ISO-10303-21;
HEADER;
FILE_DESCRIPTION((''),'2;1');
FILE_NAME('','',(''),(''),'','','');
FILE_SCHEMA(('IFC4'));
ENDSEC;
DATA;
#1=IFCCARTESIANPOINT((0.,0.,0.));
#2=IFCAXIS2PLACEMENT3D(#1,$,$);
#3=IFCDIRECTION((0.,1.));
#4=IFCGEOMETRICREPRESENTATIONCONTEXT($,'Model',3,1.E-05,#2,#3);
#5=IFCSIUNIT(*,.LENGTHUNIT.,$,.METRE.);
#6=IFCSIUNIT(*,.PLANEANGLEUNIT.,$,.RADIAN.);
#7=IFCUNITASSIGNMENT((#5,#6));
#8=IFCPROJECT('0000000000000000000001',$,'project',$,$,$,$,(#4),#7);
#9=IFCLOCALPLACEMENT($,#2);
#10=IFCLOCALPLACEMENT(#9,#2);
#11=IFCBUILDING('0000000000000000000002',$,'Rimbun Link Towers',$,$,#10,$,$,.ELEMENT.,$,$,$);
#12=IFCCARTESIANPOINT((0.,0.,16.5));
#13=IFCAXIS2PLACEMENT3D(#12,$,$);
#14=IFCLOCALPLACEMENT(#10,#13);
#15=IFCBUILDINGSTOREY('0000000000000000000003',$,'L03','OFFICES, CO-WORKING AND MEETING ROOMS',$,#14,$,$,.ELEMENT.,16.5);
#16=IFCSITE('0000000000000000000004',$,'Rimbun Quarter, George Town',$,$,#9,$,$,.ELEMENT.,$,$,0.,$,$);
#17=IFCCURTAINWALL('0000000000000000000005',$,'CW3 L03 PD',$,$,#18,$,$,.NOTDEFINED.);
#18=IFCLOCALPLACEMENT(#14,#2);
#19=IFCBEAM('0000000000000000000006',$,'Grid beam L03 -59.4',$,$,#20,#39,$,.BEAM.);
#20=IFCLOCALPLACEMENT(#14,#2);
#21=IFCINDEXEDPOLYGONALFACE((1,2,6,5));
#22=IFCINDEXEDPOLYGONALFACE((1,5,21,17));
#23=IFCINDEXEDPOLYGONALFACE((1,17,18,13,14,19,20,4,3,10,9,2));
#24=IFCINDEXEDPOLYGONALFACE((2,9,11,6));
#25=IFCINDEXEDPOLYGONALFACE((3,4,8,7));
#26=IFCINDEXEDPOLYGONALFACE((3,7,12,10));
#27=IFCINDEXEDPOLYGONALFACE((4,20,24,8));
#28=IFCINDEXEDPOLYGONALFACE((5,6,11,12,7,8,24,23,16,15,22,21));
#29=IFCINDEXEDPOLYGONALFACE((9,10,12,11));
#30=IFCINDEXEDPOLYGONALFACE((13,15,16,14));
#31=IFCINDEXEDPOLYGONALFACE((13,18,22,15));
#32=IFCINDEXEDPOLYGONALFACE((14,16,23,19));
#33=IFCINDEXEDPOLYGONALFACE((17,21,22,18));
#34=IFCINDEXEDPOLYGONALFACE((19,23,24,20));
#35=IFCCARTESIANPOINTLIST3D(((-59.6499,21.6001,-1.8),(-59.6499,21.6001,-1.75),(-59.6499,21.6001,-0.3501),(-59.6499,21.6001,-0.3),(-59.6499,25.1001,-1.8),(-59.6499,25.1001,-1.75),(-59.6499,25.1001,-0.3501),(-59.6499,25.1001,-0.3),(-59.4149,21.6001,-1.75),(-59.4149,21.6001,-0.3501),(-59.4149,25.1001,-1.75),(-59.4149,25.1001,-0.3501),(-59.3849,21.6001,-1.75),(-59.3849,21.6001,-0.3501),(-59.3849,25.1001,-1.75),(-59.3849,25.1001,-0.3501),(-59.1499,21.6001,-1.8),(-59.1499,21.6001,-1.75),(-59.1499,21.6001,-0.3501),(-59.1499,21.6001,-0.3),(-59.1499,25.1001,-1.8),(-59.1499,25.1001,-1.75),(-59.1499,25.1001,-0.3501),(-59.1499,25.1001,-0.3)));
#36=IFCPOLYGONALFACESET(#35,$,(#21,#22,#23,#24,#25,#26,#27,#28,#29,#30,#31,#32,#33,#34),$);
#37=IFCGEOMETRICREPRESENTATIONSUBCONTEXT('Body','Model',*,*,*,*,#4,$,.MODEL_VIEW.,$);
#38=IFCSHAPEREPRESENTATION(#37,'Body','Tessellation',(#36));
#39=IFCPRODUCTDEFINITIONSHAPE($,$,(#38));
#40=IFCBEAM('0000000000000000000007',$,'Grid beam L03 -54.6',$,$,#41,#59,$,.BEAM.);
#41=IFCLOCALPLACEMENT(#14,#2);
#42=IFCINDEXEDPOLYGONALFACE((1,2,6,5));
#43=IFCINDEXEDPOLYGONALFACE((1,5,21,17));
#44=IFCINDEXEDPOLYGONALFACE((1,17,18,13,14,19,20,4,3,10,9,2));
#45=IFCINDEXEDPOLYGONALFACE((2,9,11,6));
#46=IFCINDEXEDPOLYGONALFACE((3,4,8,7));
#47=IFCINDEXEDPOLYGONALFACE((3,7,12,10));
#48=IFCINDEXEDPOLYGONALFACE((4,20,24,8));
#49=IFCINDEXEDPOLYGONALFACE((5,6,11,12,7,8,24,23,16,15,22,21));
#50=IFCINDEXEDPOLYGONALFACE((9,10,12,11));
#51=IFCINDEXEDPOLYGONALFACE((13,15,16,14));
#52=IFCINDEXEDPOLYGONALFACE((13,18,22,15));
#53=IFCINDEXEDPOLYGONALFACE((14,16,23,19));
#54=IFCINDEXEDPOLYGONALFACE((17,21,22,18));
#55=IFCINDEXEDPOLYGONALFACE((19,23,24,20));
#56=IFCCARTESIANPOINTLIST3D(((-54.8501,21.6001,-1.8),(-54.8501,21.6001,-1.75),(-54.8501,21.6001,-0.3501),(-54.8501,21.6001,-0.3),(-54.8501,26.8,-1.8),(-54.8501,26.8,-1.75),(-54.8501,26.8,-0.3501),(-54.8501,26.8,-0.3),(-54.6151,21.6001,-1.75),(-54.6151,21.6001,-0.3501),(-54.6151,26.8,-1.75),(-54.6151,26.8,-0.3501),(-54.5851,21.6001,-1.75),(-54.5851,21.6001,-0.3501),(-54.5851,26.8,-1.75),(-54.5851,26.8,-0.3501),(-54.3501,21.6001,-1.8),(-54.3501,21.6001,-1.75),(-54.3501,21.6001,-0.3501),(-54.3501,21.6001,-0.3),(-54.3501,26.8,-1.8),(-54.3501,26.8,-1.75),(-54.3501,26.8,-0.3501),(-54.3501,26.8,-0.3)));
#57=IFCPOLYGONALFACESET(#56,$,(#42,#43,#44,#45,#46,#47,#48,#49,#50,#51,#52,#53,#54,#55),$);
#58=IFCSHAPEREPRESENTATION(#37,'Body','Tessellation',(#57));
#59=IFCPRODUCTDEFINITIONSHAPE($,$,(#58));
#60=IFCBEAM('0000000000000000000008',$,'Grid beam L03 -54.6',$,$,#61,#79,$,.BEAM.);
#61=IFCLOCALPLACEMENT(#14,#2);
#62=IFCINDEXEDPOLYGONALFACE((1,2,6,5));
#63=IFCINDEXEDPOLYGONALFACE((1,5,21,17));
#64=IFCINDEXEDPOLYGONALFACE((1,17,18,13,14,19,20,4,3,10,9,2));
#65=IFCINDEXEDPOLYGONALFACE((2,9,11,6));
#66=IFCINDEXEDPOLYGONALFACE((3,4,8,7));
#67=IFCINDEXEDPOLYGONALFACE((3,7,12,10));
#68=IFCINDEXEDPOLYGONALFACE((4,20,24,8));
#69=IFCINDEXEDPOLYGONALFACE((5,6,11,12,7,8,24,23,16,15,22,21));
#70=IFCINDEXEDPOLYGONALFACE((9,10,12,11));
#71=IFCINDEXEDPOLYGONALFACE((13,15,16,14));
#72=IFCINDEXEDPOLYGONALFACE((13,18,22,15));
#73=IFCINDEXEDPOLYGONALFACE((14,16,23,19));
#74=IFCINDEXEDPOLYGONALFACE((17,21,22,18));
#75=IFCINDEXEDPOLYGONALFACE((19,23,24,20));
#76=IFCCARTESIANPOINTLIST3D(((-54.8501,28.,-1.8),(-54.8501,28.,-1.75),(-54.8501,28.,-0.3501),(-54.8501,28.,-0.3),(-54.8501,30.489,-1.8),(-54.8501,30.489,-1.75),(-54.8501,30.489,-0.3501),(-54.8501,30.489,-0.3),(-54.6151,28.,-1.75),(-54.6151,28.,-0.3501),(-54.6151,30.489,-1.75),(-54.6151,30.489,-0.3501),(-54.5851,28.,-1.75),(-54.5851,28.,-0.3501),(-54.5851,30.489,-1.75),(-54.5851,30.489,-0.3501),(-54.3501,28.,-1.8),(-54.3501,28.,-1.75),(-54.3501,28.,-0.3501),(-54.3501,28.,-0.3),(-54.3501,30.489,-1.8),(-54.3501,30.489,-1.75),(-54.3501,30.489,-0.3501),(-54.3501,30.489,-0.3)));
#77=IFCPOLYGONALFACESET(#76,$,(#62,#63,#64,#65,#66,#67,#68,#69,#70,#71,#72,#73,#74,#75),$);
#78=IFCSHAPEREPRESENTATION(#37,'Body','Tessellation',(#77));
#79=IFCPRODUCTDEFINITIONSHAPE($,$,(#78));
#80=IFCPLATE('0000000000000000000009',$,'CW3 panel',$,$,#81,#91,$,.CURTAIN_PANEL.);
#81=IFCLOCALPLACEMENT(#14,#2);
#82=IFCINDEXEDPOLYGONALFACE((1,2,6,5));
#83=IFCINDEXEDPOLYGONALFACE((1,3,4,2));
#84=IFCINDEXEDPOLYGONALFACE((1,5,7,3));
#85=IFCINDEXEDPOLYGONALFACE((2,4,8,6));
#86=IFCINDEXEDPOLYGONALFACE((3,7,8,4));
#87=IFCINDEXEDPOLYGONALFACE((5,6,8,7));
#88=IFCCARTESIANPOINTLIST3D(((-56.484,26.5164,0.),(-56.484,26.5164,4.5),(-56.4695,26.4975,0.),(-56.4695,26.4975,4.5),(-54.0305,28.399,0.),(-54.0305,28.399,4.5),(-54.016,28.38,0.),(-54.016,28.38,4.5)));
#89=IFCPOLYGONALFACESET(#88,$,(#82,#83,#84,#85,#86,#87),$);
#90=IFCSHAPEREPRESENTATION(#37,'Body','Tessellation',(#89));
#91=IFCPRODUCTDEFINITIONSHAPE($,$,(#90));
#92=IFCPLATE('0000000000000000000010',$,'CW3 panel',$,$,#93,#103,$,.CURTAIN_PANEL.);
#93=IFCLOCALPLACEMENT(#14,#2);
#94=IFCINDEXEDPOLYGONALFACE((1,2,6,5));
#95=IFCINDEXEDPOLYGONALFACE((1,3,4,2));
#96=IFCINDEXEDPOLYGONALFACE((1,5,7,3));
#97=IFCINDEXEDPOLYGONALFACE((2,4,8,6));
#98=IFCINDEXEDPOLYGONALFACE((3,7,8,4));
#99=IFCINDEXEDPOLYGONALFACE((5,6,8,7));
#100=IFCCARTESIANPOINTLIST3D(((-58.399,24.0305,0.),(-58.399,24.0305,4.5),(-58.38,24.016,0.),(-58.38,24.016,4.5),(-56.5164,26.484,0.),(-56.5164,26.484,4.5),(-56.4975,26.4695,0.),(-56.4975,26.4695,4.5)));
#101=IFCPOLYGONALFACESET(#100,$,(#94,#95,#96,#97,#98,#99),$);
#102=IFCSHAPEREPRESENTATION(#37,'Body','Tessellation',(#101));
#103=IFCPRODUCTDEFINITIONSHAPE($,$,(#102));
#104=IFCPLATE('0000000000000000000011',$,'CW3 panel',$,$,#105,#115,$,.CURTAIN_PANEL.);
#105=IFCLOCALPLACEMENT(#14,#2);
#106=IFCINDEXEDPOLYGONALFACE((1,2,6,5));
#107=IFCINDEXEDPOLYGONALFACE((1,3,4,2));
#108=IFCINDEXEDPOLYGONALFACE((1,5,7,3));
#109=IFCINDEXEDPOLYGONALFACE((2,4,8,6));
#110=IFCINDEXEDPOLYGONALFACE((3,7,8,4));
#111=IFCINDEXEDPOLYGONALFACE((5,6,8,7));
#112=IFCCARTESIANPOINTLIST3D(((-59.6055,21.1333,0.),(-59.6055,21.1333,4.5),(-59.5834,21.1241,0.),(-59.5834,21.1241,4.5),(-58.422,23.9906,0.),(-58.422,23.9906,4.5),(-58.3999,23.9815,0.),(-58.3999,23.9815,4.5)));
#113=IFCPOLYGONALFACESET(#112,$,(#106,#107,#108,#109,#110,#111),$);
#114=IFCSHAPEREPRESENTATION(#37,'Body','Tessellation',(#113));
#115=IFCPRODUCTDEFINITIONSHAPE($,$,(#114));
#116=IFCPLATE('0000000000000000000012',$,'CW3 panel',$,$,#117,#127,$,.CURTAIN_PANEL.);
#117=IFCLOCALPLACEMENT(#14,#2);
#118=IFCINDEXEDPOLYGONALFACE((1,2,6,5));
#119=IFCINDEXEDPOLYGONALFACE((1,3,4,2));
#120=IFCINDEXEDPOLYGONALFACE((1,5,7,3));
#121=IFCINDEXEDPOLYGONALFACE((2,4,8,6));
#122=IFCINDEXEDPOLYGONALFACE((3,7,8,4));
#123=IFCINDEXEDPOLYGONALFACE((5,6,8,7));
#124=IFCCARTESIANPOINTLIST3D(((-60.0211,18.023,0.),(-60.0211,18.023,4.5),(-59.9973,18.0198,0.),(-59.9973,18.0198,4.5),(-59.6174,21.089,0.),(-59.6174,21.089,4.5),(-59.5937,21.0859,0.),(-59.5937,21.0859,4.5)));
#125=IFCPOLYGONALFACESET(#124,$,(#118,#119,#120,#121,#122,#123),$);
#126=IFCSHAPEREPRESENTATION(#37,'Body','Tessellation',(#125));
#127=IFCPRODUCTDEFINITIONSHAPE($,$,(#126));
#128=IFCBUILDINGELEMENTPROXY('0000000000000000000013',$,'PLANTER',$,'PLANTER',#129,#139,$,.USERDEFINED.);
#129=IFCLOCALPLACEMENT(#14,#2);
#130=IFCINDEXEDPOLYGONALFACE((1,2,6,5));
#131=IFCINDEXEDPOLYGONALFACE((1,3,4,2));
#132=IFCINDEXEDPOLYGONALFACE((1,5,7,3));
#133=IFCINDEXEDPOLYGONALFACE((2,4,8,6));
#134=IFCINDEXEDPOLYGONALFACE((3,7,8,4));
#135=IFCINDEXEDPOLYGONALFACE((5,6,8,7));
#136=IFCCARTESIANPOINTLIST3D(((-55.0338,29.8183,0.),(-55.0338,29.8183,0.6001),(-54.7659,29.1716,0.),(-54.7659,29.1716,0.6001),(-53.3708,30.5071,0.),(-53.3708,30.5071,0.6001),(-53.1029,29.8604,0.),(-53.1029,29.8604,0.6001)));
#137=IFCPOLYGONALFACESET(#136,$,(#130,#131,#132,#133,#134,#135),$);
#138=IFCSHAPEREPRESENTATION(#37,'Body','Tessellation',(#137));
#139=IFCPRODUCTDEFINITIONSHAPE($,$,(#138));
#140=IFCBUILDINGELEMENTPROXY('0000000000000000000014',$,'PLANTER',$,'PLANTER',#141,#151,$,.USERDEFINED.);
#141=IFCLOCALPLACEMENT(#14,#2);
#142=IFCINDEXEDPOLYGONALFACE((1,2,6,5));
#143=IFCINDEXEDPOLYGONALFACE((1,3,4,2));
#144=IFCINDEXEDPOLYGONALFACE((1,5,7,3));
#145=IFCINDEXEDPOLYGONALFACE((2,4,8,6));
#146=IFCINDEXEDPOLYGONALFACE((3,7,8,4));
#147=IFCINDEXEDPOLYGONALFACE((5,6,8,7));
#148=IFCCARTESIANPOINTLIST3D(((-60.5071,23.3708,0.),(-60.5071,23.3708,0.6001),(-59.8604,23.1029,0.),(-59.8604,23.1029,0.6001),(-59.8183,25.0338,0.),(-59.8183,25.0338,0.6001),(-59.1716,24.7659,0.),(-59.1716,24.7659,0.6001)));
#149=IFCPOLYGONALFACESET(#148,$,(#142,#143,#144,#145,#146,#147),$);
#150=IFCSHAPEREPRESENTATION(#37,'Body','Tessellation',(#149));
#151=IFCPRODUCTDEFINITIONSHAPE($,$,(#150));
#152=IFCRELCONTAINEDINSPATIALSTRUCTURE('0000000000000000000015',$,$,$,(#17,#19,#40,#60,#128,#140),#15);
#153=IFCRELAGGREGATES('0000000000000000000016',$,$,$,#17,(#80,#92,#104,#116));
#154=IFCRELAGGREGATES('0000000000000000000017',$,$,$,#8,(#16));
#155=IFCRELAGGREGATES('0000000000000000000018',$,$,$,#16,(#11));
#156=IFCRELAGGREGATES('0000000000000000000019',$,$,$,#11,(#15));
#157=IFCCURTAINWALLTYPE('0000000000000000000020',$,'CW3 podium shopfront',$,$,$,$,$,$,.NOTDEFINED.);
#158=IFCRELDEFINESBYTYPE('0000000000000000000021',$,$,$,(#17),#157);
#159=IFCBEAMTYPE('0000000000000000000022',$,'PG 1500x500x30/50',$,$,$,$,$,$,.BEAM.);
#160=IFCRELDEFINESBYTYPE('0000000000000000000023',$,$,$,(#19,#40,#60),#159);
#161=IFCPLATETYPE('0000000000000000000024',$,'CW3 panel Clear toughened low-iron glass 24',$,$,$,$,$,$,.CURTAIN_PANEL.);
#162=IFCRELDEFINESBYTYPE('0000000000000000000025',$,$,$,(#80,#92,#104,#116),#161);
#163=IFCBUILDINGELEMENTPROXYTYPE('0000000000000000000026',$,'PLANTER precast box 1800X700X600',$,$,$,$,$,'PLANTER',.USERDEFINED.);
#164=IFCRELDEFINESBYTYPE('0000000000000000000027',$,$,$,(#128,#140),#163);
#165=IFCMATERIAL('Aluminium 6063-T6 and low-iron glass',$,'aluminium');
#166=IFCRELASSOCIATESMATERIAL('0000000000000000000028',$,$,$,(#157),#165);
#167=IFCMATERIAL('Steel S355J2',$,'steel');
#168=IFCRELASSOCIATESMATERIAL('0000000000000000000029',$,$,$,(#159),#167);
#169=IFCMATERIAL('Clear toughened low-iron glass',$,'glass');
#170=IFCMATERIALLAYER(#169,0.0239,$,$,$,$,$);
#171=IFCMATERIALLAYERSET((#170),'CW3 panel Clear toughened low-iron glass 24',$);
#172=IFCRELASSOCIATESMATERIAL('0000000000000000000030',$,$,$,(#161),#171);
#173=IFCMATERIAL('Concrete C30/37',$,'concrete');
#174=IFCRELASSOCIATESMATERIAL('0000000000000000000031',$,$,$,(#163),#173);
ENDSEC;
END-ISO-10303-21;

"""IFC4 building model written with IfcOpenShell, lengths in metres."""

from ifc_helpers import new_model, si_unit, direction, frame, origin, origin_2d, place, context, subcontext, project, spatial, rectangle, i_section, extrude, material, layer, layer_set, material_profile, profile_set, type_object, element, aggregate, save


model = new_model("IFC4")

# Units and contexts
model_context = context("Model", 3, precision=1e-05, world=origin(), true_north=direction((0.0, 1.0)))
body_context = subcontext(model_context, "Body", "Model", "MODEL_VIEW")
ifc_project = project(units=[si_unit("LENGTHUNIT", "METRE"), si_unit("PLANEANGLEUNIT", "RADIAN")], contexts=[model_context])

# Site, building, storey
site_placement = place(None, origin())
site = spatial("IfcSite", under=ifc_project, at=site_placement, Name="Rimbun Quarter, George Town", CompositionType="ELEMENT", RefElevation=0.0)
building_placement = place(site_placement, origin())
building = spatial("IfcBuilding", under=site, at=building_placement, Name="Rimbun Link Towers", CompositionType="ELEMENT")
storey_placement = place(building_placement, frame((0.0, 0.0, 16.5)))
storey = spatial("IfcBuildingStorey", under=building, at=storey_placement, Name="L03", Description="OFFICES, CO-WORKING AND MEETING ROOMS", CompositionType="ELEMENT", Elevation=16.5)

# Curtain wall
ifc_material_1 = material(Name="Aluminium 6063-T6 and low-iron glass", Category="aluminium")
curtain_wall_type = type_object("IfcCurtainWallType", Name="CW3 podium shopfront", PredefinedType="NOTDEFINED", material=ifc_material_1)
curtain_wall_placement = place(storey_placement, origin())
curtain_wall = element("IfcCurtainWall", 1, at=curtain_wall_placement, inside=storey, type_object=curtain_wall_type, Name="CW3 L03 PD", PredefinedType="NOTDEFINED")

# Beams
ifc_material_2 = material(Name="Steel S355J2", Category="steel")
ifc_material_profile_1 = material_profile(ifc_material_2, i_section(OverallWidth=0.5, OverallDepth=1.5, WebThickness=0.03, FlangeThickness=0.05, at=origin_2d()), Name="PG 1500x500x30/50")
ifc_profile_set_1 = profile_set([ifc_material_profile_1], Name="Steel S355J2")
beam_type = type_object("IfcBeamType", Name="PG 1500x500x30/50", PredefinedType="BEAM", material=ifc_profile_set_1)
for number, where, z_axis, x_axis, name in (
    (2, (-59.3999, 21.6001, -1.05), (0.0, 1.0, 0.0), (-1.0, 0.0, 0.0), "Grid beam L03 -59.4"),
):
    element("IfcBeam", number, at=place(storey_placement, frame(where, z_axis=z_axis, x_axis=x_axis)), inside=storey, type_object=beam_type, Name=name, PredefinedType="BEAM", context=body_context, shape_type="SweptSolid", body=[
        extrude(i_section(OverallWidth=0.5, OverallDepth=1.5, WebThickness=0.03, FlangeThickness=0.05, at=origin_2d()), origin(), (0.0, 0.0, 1.0), 3.5),
    ])
beam_1_placement = place(storey_placement, frame((-54.6001, 21.6001, -1.05), z_axis=(0.0, 1.0, 0.0), x_axis=(-1.0, 0.0, 0.0)))
element("IfcBeam", 3, at=beam_1_placement, inside=storey, type_object=beam_type, Name="Grid beam L03 -54.6", PredefinedType="BEAM", context=body_context, shape_type="SweptSolid", body=[
    extrude(i_section(OverallWidth=0.5, OverallDepth=1.5, WebThickness=0.03, FlangeThickness=0.05, at=origin_2d()), origin(), (0.0, 0.0, 1.0), 5.2),
])
beam_2_placement = place(storey_placement, frame((-54.6001, 28.0, -1.05), z_axis=(0.0, 1.0, 0.0), x_axis=(-1.0, 0.0, 0.0)))
element("IfcBeam", 4, at=beam_2_placement, inside=storey, type_object=beam_type, Name="Grid beam L03 -54.6", PredefinedType="BEAM", context=body_context, shape_type="SweptSolid", body=[
    extrude(i_section(OverallWidth=0.5, OverallDepth=1.5, WebThickness=0.03, FlangeThickness=0.05, at=origin_2d()), origin(), (0.0, 0.0, 1.0), 2.489),
])

# Plates
ifc_material_3 = material(Name="Clear toughened low-iron glass", Category="glass")
ifc_layer = layer(ifc_material_3, 0.0239)
ifc_layer_set = layer_set([ifc_layer], Name="CW3 panel Clear toughened low-iron glass 24")
plate_type = type_object("IfcPlateType", Name="CW3 panel Clear toughened low-iron glass 24", PredefinedType="CURTAIN_PANEL", material=ifc_layer_set)
plate_1_placement = place(storey_placement, frame((-55.25, 27.4482, 0.0), z_axis=(0.0, 0.0, 1.0), x_axis=(0.793359, 0.608754, 0.0)))
plate_1 = element("IfcPlate", 5, at=plate_1_placement, type_object=plate_type, Name="CW3 panel", PredefinedType="CURTAIN_PANEL", context=body_context, shape_type="SweptSolid", body=[
    extrude(rectangle(XDim=3.0925, YDim=0.0239, at=origin_2d()), origin(), (0.0, 0.0, 1.0), 4.5),
])
plate_2_placement = place(storey_placement, frame((-57.4482, 25.25, 0.0), z_axis=(0.0, 0.0, 1.0), x_axis=(0.608754, 0.793359, 0.0)))
plate_2 = element("IfcPlate", 6, at=plate_2_placement, type_object=plate_type, Name="CW3 panel", PredefinedType="CURTAIN_PANEL", context=body_context, shape_type="SweptSolid", body=[
    extrude(rectangle(XDim=3.0925, YDim=0.0239, at=origin_2d()), origin(), (0.0, 0.0, 1.0), 4.5),
])
plate_3_placement = place(storey_placement, frame((-59.0027, 22.5574, 0.0), z_axis=(0.0, 0.0, 1.0), x_axis=(0.382679, 0.923881, 0.0)))
plate_3 = element("IfcPlate", 7, at=plate_3_placement, type_object=plate_type, Name="CW3 panel", PredefinedType="CURTAIN_PANEL", context=body_context, shape_type="SweptSolid", body=[
    extrude(rectangle(XDim=3.0928, YDim=0.0239, at=origin_2d()), origin(), (0.0, 0.0, 1.0), 4.5),
])
plate_4_placement = place(storey_placement, frame((-59.8074, 19.5544, 0.0), z_axis=(0.0, 0.0, 1.0), x_axis=(0.13053, 0.991444, 0.0)))
plate_4 = element("IfcPlate", 8, at=plate_4_placement, type_object=plate_type, Name="CW3 panel", PredefinedType="CURTAIN_PANEL", context=body_context, shape_type="SweptSolid", body=[
    extrude(rectangle(XDim=3.0925, YDim=0.0239, at=origin_2d()), origin(), (0.0, 0.0, 1.0), 4.5),
])
aggregate(curtain_wall, [plate_1, plate_2, plate_3, plate_4])

# Building element proxies
ifc_material_4 = material(Name="Concrete C30/37", Category="concrete")
building_element_proxy_type = type_object("IfcBuildingElementProxyType", Name="PLANTER precast box 1800X700X600", ElementType="PLANTER", PredefinedType="USERDEFINED", material=ifc_material_4)
for number, where, z_axis, x_axis, name in (
    (9, (-54.0684, 29.8394, 0.0), (0.0, 0.0, 1.0), (-0.923881, -0.382679, 0.0), "PLANTER"),
    (10, (-59.8394, 24.0684, 0.0), (0.0, 0.0, 1.0), (-0.382679, -0.923881, 0.0), "PLANTER"),
):
    element("IfcBuildingElementProxy", number, at=place(storey_placement, frame(where, z_axis=z_axis, x_axis=x_axis)), inside=storey, type_object=building_element_proxy_type, Name=name, ObjectType="PLANTER", PredefinedType="USERDEFINED", context=body_context, shape_type="SweptSolid", body=[
        extrude(rectangle(XDim=1.8, YDim=0.7, at=origin_2d()), origin(), (0.0, 0.0, 1.0), 0.6001),
    ])

save(model, "model.ifc")
